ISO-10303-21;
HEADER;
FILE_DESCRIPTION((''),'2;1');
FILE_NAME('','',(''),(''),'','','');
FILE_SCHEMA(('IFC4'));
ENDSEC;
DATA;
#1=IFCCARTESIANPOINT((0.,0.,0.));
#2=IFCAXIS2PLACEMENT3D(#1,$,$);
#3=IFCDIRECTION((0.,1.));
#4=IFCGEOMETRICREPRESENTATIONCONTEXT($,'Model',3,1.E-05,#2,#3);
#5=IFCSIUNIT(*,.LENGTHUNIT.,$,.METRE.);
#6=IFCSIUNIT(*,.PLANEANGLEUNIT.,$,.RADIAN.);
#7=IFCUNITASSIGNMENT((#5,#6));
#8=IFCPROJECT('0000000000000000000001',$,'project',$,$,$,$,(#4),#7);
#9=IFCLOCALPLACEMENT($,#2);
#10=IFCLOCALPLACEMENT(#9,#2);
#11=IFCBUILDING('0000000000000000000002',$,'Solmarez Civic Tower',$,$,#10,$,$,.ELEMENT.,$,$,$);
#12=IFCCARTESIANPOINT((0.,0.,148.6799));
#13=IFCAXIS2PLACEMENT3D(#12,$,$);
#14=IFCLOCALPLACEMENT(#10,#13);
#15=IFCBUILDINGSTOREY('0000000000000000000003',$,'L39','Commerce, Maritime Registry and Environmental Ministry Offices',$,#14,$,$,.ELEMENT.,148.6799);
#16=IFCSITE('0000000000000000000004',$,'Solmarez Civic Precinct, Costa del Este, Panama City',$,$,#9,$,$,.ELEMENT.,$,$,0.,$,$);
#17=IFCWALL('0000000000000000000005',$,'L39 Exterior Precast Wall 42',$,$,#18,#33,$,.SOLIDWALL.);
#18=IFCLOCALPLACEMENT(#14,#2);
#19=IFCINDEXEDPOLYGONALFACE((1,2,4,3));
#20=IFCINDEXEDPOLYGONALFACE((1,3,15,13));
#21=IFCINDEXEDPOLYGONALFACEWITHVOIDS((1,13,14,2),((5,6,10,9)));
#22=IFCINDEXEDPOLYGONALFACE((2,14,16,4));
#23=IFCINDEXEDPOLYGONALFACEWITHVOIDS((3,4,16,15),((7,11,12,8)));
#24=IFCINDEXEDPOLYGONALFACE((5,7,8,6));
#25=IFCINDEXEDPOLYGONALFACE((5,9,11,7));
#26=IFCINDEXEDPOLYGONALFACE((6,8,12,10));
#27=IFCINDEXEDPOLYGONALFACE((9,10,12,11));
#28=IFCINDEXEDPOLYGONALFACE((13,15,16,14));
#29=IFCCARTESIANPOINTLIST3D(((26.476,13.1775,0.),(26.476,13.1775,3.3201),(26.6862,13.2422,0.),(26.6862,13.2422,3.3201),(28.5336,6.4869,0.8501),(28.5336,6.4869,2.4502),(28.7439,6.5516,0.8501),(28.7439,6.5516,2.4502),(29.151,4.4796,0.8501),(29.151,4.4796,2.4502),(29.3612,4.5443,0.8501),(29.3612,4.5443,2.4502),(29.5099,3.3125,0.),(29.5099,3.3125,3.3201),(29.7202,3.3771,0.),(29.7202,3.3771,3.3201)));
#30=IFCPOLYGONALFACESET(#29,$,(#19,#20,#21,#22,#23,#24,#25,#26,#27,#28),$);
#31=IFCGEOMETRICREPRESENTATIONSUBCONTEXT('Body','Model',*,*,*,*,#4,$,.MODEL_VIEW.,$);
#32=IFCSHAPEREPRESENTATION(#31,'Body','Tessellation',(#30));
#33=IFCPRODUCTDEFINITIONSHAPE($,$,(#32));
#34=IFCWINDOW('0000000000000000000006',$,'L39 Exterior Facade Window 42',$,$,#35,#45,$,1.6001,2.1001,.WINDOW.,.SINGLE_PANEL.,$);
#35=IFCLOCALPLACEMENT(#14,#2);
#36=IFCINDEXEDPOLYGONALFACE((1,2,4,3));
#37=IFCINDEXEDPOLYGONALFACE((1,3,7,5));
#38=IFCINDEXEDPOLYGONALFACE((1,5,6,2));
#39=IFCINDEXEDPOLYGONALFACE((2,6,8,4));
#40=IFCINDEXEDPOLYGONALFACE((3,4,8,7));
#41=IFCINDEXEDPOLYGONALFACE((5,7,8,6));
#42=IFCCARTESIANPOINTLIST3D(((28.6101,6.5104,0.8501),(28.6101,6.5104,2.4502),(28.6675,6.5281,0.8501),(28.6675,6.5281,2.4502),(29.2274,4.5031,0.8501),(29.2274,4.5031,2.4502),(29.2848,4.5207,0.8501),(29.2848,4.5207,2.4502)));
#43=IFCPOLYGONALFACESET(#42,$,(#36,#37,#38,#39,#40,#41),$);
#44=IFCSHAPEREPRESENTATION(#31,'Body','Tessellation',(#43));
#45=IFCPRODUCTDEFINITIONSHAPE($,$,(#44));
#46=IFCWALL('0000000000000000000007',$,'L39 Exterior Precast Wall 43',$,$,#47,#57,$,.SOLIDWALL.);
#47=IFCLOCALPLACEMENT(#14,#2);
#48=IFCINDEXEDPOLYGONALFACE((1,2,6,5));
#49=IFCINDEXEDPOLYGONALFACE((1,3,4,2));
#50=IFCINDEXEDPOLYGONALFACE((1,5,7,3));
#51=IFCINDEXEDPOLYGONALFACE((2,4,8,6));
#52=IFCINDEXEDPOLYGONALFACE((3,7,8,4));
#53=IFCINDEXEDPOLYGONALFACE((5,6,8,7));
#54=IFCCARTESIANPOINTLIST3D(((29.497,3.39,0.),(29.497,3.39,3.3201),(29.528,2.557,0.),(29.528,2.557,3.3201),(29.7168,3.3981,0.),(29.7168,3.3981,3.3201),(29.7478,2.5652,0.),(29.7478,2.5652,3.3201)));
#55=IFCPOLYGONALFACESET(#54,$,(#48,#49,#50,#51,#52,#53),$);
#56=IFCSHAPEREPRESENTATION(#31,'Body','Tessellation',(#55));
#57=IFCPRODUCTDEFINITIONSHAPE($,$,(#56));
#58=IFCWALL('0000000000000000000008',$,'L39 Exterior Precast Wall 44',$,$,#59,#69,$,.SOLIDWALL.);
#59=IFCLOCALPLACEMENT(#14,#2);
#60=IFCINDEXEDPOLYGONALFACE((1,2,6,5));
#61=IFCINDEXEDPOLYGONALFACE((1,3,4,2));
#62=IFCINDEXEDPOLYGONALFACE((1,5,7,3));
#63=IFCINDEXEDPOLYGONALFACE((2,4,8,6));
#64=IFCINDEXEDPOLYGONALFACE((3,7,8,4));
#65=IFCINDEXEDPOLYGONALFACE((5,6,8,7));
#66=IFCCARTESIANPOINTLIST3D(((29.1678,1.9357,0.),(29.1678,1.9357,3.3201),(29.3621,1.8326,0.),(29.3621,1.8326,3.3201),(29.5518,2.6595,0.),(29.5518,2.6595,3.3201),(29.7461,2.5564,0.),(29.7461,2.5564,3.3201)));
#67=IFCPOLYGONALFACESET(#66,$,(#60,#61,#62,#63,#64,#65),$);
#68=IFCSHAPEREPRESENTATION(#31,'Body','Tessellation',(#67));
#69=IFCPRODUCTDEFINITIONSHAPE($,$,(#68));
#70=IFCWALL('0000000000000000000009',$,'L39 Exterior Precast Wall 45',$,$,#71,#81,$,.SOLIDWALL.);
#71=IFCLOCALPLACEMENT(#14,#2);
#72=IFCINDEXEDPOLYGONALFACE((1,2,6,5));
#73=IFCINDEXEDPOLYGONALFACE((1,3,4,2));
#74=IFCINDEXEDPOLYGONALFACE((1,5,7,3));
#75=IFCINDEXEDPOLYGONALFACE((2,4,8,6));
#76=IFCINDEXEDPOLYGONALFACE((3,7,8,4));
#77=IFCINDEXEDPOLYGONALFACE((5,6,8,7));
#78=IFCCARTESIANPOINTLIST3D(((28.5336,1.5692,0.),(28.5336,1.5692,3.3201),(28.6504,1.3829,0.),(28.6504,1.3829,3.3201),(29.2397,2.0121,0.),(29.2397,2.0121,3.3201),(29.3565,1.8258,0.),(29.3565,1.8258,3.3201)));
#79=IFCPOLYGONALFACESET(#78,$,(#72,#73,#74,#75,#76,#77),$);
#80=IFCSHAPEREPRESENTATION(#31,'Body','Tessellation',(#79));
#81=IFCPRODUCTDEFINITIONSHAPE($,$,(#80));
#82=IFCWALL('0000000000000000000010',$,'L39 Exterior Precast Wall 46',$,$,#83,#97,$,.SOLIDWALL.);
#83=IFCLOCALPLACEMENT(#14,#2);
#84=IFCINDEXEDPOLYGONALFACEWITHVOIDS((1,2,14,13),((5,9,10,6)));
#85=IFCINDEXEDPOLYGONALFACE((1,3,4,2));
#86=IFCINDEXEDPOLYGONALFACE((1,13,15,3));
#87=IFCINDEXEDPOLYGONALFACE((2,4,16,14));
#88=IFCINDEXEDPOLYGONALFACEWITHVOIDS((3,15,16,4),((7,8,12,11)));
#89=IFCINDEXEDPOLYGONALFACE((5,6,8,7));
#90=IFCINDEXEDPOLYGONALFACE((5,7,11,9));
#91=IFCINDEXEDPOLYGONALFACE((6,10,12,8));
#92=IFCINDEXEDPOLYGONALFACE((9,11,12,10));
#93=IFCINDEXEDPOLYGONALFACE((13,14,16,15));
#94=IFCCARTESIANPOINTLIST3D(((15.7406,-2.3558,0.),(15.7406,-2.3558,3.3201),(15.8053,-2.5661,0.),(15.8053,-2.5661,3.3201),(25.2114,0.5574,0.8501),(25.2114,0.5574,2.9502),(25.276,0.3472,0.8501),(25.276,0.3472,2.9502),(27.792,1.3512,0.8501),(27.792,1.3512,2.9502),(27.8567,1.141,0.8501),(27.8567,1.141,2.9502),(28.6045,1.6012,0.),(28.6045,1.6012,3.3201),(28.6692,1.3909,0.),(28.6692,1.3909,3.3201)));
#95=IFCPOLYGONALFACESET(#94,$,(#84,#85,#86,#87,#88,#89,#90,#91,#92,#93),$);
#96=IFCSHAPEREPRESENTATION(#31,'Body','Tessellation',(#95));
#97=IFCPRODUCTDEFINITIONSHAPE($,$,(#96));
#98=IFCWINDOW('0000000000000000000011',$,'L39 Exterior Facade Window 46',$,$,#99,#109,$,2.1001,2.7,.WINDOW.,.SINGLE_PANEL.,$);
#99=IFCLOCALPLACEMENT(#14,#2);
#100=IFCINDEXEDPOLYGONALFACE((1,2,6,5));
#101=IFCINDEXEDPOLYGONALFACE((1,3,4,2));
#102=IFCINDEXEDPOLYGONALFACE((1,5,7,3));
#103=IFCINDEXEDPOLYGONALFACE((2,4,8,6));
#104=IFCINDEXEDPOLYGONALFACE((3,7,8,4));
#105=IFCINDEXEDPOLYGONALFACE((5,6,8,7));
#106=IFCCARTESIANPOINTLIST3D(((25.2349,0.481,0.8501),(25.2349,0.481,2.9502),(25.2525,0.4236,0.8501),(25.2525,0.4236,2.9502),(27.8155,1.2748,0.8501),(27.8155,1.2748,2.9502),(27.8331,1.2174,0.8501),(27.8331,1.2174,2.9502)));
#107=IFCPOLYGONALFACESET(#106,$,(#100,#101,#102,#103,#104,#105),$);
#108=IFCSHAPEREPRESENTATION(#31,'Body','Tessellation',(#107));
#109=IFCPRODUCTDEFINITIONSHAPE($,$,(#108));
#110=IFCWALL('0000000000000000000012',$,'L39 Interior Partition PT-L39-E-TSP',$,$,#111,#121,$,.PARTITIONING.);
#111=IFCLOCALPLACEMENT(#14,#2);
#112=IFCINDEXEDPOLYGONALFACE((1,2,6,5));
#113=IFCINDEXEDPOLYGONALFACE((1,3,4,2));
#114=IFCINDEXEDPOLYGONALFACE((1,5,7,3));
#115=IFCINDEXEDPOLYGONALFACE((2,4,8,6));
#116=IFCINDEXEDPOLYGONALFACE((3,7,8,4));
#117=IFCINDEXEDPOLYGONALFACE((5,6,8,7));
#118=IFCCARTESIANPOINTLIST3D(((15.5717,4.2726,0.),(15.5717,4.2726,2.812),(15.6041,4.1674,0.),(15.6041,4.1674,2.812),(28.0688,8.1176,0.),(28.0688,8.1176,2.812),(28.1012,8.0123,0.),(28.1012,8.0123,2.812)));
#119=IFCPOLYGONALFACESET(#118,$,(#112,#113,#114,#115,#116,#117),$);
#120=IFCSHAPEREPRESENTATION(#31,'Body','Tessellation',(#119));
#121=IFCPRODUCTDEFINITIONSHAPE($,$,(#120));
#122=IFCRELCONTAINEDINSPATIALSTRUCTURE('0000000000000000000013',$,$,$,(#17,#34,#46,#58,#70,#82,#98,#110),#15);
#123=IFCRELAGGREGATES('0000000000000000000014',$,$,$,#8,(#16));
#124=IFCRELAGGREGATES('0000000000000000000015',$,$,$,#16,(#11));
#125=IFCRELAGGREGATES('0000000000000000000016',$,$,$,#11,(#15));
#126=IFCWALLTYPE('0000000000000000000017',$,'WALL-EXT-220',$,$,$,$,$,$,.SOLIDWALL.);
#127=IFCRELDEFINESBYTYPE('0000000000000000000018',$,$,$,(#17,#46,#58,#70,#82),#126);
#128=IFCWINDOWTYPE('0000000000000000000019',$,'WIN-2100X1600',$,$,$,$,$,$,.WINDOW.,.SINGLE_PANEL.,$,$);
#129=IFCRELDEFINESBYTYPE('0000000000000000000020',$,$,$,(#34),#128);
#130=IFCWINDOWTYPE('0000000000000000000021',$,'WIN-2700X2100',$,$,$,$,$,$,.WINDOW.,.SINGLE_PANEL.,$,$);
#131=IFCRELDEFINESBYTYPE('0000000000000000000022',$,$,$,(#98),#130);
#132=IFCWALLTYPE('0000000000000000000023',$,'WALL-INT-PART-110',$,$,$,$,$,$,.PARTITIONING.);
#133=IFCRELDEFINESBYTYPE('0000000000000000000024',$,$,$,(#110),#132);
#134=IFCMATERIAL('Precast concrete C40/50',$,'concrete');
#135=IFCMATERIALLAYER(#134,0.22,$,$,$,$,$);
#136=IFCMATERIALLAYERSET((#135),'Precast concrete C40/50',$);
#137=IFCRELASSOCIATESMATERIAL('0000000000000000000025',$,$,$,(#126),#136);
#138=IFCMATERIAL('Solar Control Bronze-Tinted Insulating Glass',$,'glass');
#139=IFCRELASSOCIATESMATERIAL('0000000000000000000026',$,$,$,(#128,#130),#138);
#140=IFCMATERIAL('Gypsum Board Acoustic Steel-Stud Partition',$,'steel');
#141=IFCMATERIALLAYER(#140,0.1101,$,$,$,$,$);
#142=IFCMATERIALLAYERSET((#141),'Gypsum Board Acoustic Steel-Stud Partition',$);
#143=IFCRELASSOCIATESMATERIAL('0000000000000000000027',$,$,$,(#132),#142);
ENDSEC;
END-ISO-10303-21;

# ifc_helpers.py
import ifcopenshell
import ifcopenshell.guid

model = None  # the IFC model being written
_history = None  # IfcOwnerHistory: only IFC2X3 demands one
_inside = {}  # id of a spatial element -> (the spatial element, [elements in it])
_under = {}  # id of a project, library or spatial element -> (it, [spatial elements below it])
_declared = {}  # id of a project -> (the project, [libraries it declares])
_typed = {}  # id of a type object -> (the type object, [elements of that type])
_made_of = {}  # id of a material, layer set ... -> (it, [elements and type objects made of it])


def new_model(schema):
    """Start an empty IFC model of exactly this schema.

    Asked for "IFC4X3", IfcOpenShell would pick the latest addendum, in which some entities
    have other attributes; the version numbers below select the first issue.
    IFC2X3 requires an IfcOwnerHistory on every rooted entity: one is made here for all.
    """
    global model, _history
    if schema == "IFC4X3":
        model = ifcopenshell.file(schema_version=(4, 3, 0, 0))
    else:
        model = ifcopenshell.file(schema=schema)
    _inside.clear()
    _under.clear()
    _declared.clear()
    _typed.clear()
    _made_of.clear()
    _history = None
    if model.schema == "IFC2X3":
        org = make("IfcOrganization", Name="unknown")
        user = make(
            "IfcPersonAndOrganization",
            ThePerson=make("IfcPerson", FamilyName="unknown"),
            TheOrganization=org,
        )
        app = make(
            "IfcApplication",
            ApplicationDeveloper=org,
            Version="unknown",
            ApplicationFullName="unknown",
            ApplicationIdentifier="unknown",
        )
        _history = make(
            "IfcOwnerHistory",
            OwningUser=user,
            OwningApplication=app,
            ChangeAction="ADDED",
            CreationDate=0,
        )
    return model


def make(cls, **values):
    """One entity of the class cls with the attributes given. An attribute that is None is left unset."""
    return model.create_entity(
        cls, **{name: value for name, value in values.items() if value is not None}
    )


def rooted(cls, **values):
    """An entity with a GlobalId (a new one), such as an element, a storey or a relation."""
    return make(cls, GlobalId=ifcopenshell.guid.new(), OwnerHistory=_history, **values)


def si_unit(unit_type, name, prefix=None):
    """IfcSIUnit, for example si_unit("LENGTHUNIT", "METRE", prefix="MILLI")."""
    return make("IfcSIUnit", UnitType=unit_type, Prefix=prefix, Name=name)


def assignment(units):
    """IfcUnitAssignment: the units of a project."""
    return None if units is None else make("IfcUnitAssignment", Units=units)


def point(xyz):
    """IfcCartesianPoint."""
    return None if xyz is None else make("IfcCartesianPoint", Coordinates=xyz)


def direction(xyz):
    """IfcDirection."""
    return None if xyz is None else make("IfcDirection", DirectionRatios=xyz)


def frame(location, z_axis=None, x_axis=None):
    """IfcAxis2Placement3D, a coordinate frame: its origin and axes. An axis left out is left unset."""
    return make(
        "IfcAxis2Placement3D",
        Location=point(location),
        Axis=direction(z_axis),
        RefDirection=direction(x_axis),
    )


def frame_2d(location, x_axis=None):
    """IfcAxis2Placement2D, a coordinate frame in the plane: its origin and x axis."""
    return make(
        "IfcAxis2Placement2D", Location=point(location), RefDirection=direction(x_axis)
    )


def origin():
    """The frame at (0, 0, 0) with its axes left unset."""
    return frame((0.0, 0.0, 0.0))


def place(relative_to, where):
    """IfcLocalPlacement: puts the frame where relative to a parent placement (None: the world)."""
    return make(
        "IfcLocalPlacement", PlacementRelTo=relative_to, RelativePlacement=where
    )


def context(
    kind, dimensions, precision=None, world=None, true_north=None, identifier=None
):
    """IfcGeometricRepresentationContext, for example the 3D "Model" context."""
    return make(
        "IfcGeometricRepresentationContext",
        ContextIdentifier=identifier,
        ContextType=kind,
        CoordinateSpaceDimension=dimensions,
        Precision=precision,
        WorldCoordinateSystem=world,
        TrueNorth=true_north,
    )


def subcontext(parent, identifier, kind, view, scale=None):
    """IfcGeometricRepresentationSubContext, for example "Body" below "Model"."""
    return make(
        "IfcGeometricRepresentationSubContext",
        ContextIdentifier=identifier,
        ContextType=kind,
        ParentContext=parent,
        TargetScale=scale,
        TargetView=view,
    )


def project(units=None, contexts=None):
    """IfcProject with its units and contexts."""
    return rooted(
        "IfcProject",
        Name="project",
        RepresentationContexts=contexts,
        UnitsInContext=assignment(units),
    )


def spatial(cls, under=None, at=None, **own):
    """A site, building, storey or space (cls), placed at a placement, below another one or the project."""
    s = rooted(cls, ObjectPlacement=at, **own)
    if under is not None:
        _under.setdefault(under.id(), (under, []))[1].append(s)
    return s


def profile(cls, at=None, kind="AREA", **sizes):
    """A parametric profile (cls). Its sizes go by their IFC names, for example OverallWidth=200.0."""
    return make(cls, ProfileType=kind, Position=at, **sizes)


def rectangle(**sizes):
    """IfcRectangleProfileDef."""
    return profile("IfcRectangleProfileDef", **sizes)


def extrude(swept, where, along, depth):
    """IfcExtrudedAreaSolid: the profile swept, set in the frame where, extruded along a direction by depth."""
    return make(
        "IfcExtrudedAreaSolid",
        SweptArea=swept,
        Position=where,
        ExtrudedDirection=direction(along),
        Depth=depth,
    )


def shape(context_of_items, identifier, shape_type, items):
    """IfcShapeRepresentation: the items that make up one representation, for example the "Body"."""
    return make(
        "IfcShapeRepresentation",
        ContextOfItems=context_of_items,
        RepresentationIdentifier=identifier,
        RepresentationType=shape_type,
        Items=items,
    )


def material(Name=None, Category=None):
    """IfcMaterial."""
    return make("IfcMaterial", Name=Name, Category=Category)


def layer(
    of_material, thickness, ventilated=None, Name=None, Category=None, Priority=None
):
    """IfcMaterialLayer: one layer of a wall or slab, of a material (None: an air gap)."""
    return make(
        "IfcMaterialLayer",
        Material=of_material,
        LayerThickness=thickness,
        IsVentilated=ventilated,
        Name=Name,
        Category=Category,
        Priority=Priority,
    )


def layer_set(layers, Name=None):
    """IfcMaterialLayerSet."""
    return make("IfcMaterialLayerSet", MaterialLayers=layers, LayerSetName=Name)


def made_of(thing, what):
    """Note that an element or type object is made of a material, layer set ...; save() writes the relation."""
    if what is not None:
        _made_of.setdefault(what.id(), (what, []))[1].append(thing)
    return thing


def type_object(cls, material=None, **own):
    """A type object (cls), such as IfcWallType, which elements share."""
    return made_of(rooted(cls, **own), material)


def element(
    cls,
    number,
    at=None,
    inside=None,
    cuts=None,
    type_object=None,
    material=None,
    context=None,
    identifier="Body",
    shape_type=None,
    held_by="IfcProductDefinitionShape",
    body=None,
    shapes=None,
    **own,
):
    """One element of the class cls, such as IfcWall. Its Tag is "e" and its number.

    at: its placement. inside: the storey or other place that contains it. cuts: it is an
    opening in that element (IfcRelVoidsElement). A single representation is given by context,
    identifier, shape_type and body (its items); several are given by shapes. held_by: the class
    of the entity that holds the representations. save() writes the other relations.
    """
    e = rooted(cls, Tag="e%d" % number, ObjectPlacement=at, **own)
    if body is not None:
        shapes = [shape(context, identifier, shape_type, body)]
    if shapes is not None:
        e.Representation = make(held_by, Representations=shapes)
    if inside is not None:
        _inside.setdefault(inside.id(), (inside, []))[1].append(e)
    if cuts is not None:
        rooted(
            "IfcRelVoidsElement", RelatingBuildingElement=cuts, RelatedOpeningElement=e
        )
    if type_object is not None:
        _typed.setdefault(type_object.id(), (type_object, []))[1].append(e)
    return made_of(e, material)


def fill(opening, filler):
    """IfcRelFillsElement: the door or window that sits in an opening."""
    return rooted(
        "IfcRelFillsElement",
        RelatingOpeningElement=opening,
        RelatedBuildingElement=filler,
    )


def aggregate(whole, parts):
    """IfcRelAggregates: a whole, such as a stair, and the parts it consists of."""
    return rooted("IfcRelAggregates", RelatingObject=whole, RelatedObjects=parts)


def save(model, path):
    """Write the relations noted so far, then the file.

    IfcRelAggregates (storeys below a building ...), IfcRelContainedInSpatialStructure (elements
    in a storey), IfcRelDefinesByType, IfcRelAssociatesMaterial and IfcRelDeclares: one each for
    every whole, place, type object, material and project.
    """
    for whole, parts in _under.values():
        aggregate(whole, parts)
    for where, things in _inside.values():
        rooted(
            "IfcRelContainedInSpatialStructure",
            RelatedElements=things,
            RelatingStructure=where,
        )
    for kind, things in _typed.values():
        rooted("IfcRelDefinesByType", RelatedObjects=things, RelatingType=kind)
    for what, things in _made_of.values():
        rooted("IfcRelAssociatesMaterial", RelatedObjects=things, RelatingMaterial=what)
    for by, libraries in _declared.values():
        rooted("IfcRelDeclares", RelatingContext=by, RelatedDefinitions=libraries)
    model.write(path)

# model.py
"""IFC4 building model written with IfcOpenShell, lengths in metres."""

from ifc_helpers import new_model, si_unit, direction, frame, frame_2d, origin, place, context, subcontext, project, spatial, rectangle, extrude, material, layer, layer_set, type_object, element, fill, save


model = new_model("IFC4")

# Units and contexts
model_context = context("Model", 3, precision=1e-05, world=origin(), true_north=direction((0.0, 1.0)))
body_context = subcontext(model_context, "Body", "Model", "MODEL_VIEW")
ifc_project = project(units=[si_unit("LENGTHUNIT", "METRE"), si_unit("PLANEANGLEUNIT", "RADIAN")], contexts=[model_context])

# Site, building, storey
site_placement = place(None, origin())
site = spatial("IfcSite", under=ifc_project, at=site_placement, Name="Solmarez Civic Precinct, Costa del Este, Panama City", CompositionType="ELEMENT", RefElevation=0.0)
building_placement = place(site_placement, origin())
building = spatial("IfcBuilding", under=site, at=building_placement, Name="Solmarez Civic Tower", CompositionType="ELEMENT")
storey_placement = place(building_placement, frame((0.0, 0.0, 148.6799)))
storey = spatial("IfcBuildingStorey", under=building, at=storey_placement, Name="L39", Description="Commerce, Maritime Registry and Environmental Ministry Offices", CompositionType="ELEMENT", Elevation=148.6799)

# Shared definitions
ifc_material_1 = material(Name="Precast concrete C40/50", Category="concrete")
ifc_layer_1 = layer(ifc_material_1, 0.22)
ifc_layer_set_1 = layer_set([ifc_layer_1], Name="Precast concrete C40/50")
wall_type_1 = type_object("IfcWallType", Name="WALL-EXT-220", PredefinedType="SOLIDWALL", material=ifc_layer_set_1)

# Wall, opening, window
wall_1_placement = place(storey_placement, frame((26.5811, 13.21, 0.0), z_axis=(0.0, 0.0, 1.0), x_axis=(0.293958, -0.955818, 0.0)))
wall_1 = element("IfcWall", 1, at=wall_1_placement, inside=storey, type_object=wall_type_1, Name="L39 Exterior Precast Wall 42", PredefinedType="SOLIDWALL", context=body_context, shape_type="SweptSolid", body=[
    extrude(rectangle(XDim=10.321, YDim=0.22, at=frame_2d((5.1606, 0.0))), origin(), (0.0, 0.0, 1.0), 3.3201),
])
opening_1_placement = place(wall_1_placement, frame((7.0, 0.0, 0.8501)))
opening_1 = element("IfcOpeningElement", 2, at=opening_1_placement, cuts=wall_1, PredefinedType="OPENING", context=body_context, shape_type="SweptSolid", body=[
    extrude(rectangle(XDim=2.1001, YDim=1.6001, at=frame_2d((1.05, 0.8))), frame((0.0, 0.1199, 0.0), z_axis=(0.0, -1.0, 0.0), x_axis=(1.0, 0.0, 0.0)), (0.0, 0.0, 1.0), 0.24),
])
ifc_material_2 = material(Name="Solar Control Bronze-Tinted Insulating Glass", Category="glass")
window_type_1 = type_object("IfcWindowType", Name="WIN-2100X1600", PartitioningType="SINGLE_PANEL", PredefinedType="WINDOW", material=ifc_material_2)
window_1_placement = place(opening_1_placement, origin())
window_1 = element("IfcWindow", 3, at=window_1_placement, inside=storey, type_object=window_type_1, Name="L39 Exterior Facade Window 42", OverallHeight=1.6001, OverallWidth=2.1001, PartitioningType="SINGLE_PANEL", PredefinedType="WINDOW", context=body_context, shape_type="SweptSolid", body=[
    extrude(rectangle(XDim=2.1001, YDim=1.6001, at=frame_2d((1.05, 0.8))), frame((0.0, 0.03, 0.0), z_axis=(0.0, -1.0, 0.0), x_axis=(1.0, 0.0, 0.0)), (0.0, 0.0, 1.0), 0.0601),
])
fill(opening_1, window_1)

# Walls
wall_2_placement = place(storey_placement, frame((29.6069, 3.394, 0.0), z_axis=(0.0, 0.0, 1.0), x_axis=(0.037196, -0.999308, 0.0)))
element("IfcWall", 4, at=wall_2_placement, inside=storey, type_object=wall_type_1, Name="L39 Exterior Precast Wall 43", PredefinedType="SOLIDWALL", context=body_context, shape_type="SweptSolid", body=[
    extrude(rectangle(XDim=0.8335, YDim=0.22, at=frame_2d((0.4167, 0.0))), origin(), (0.0, 0.0, 1.0), 3.3201),
])
wall_3_placement = place(storey_placement, frame((29.6489, 2.6079, 0.0), z_axis=(0.0, 0.0, 1.0), x_axis=(-0.468654, -0.883382, 0.0)))
element("IfcWall", 5, at=wall_3_placement, inside=storey, type_object=wall_type_1, Name="L39 Exterior Precast Wall 44", PredefinedType="SOLIDWALL", context=body_context, shape_type="SweptSolid", body=[
    extrude(rectangle(XDim=0.8193, YDim=0.22, at=frame_2d((0.4097, 0.0))), origin(), (0.0, 0.0, 1.0), 3.3201),
])
wall_4_placement = place(storey_placement, frame((29.2981, 1.9189, 0.0), z_axis=(0.0, 0.0, 1.0), x_axis=(-0.847141, -0.531367, 0.0)))
element("IfcWall", 6, at=wall_4_placement, inside=storey, type_object=wall_type_1, Name="L39 Exterior Precast Wall 45", PredefinedType="SOLIDWALL", context=body_context, shape_type="SweptSolid", body=[
    extrude(rectangle(XDim=0.8335, YDim=0.22, at=frame_2d((0.4167, 0.0))), origin(), (0.0, 0.0, 1.0), 3.3201),
])

# Wall, opening, window
wall_5_placement = place(storey_placement, frame((28.637, 1.4961, 0.0), z_axis=(0.0, 0.0, 1.0), x_axis=(-0.955803, -0.294009, 0.0)))
wall_5 = element("IfcWall", 7, at=wall_5_placement, inside=storey, type_object=wall_type_1, Name="L39 Exterior Precast Wall 46", PredefinedType="SOLIDWALL", context=body_context, shape_type="SweptSolid", body=[
    extrude(rectangle(XDim=13.4587, YDim=0.22, at=frame_2d((6.7295, 0.0))), origin(), (0.0, 0.0, 1.0), 3.3201),
])
opening_2_placement = place(wall_5_placement, frame((0.8501, 0.0, 0.8501)))
opening_2 = element("IfcOpeningElement", 8, at=opening_2_placement, cuts=wall_5, PredefinedType="OPENING", context=body_context, shape_type="SweptSolid", body=[
    extrude(rectangle(XDim=2.7, YDim=2.1001, at=frame_2d((1.3501, 1.05))), frame((0.0, 0.1199, 0.0), z_axis=(0.0, -1.0, 0.0), x_axis=(1.0, 0.0, 0.0)), (0.0, 0.0, 1.0), 0.24),
])
window_type_2 = type_object("IfcWindowType", Name="WIN-2700X2100", PartitioningType="SINGLE_PANEL", PredefinedType="WINDOW", material=ifc_material_2)
window_2_placement = place(opening_2_placement, origin())
window_2 = element("IfcWindow", 9, at=window_2_placement, inside=storey, type_object=window_type_2, Name="L39 Exterior Facade Window 46", OverallHeight=2.1001, OverallWidth=2.7, PartitioningType="SINGLE_PANEL", PredefinedType="WINDOW", context=body_context, shape_type="SweptSolid", body=[
    extrude(rectangle(XDim=2.7, YDim=2.1001, at=frame_2d((1.3501, 1.05))), frame((0.0, 0.03, 0.0), z_axis=(0.0, -1.0, 0.0), x_axis=(1.0, 0.0, 0.0)), (0.0, 0.0, 1.0), 0.0601),
])
fill(opening_2, window_2)

# Wall
ifc_material_3 = material(Name="Gypsum Board Acoustic Steel-Stud Partition", Category="steel")
ifc_layer_2 = layer(ifc_material_3, 0.1101)
ifc_layer_set_2 = layer_set([ifc_layer_2], Name="Gypsum Board Acoustic Steel-Stud Partition")
wall_type_2 = type_object("IfcWallType", Name="WALL-INT-PART-110", PredefinedType="PARTITIONING", material=ifc_layer_set_2)
wall_6_placement = place(storey_placement, frame((15.5879, 4.22, 0.0), z_axis=(0.0, 0.0, 1.0), x_axis=(0.955785, 0.294066, 0.0)))
element("IfcWall", 10, at=wall_6_placement, inside=storey, type_object=wall_type_2, Name="L39 Interior Partition PT-L39-E-TSP", PredefinedType="PARTITIONING", context=body_context, shape_type="SweptSolid", body=[
    extrude(rectangle(XDim=13.0752, YDim=0.1101, at=frame_2d((6.5376, 0.0))), origin(), (0.0, 0.0, 1.0), 2.812),
])

save(model, "model.ifc")
